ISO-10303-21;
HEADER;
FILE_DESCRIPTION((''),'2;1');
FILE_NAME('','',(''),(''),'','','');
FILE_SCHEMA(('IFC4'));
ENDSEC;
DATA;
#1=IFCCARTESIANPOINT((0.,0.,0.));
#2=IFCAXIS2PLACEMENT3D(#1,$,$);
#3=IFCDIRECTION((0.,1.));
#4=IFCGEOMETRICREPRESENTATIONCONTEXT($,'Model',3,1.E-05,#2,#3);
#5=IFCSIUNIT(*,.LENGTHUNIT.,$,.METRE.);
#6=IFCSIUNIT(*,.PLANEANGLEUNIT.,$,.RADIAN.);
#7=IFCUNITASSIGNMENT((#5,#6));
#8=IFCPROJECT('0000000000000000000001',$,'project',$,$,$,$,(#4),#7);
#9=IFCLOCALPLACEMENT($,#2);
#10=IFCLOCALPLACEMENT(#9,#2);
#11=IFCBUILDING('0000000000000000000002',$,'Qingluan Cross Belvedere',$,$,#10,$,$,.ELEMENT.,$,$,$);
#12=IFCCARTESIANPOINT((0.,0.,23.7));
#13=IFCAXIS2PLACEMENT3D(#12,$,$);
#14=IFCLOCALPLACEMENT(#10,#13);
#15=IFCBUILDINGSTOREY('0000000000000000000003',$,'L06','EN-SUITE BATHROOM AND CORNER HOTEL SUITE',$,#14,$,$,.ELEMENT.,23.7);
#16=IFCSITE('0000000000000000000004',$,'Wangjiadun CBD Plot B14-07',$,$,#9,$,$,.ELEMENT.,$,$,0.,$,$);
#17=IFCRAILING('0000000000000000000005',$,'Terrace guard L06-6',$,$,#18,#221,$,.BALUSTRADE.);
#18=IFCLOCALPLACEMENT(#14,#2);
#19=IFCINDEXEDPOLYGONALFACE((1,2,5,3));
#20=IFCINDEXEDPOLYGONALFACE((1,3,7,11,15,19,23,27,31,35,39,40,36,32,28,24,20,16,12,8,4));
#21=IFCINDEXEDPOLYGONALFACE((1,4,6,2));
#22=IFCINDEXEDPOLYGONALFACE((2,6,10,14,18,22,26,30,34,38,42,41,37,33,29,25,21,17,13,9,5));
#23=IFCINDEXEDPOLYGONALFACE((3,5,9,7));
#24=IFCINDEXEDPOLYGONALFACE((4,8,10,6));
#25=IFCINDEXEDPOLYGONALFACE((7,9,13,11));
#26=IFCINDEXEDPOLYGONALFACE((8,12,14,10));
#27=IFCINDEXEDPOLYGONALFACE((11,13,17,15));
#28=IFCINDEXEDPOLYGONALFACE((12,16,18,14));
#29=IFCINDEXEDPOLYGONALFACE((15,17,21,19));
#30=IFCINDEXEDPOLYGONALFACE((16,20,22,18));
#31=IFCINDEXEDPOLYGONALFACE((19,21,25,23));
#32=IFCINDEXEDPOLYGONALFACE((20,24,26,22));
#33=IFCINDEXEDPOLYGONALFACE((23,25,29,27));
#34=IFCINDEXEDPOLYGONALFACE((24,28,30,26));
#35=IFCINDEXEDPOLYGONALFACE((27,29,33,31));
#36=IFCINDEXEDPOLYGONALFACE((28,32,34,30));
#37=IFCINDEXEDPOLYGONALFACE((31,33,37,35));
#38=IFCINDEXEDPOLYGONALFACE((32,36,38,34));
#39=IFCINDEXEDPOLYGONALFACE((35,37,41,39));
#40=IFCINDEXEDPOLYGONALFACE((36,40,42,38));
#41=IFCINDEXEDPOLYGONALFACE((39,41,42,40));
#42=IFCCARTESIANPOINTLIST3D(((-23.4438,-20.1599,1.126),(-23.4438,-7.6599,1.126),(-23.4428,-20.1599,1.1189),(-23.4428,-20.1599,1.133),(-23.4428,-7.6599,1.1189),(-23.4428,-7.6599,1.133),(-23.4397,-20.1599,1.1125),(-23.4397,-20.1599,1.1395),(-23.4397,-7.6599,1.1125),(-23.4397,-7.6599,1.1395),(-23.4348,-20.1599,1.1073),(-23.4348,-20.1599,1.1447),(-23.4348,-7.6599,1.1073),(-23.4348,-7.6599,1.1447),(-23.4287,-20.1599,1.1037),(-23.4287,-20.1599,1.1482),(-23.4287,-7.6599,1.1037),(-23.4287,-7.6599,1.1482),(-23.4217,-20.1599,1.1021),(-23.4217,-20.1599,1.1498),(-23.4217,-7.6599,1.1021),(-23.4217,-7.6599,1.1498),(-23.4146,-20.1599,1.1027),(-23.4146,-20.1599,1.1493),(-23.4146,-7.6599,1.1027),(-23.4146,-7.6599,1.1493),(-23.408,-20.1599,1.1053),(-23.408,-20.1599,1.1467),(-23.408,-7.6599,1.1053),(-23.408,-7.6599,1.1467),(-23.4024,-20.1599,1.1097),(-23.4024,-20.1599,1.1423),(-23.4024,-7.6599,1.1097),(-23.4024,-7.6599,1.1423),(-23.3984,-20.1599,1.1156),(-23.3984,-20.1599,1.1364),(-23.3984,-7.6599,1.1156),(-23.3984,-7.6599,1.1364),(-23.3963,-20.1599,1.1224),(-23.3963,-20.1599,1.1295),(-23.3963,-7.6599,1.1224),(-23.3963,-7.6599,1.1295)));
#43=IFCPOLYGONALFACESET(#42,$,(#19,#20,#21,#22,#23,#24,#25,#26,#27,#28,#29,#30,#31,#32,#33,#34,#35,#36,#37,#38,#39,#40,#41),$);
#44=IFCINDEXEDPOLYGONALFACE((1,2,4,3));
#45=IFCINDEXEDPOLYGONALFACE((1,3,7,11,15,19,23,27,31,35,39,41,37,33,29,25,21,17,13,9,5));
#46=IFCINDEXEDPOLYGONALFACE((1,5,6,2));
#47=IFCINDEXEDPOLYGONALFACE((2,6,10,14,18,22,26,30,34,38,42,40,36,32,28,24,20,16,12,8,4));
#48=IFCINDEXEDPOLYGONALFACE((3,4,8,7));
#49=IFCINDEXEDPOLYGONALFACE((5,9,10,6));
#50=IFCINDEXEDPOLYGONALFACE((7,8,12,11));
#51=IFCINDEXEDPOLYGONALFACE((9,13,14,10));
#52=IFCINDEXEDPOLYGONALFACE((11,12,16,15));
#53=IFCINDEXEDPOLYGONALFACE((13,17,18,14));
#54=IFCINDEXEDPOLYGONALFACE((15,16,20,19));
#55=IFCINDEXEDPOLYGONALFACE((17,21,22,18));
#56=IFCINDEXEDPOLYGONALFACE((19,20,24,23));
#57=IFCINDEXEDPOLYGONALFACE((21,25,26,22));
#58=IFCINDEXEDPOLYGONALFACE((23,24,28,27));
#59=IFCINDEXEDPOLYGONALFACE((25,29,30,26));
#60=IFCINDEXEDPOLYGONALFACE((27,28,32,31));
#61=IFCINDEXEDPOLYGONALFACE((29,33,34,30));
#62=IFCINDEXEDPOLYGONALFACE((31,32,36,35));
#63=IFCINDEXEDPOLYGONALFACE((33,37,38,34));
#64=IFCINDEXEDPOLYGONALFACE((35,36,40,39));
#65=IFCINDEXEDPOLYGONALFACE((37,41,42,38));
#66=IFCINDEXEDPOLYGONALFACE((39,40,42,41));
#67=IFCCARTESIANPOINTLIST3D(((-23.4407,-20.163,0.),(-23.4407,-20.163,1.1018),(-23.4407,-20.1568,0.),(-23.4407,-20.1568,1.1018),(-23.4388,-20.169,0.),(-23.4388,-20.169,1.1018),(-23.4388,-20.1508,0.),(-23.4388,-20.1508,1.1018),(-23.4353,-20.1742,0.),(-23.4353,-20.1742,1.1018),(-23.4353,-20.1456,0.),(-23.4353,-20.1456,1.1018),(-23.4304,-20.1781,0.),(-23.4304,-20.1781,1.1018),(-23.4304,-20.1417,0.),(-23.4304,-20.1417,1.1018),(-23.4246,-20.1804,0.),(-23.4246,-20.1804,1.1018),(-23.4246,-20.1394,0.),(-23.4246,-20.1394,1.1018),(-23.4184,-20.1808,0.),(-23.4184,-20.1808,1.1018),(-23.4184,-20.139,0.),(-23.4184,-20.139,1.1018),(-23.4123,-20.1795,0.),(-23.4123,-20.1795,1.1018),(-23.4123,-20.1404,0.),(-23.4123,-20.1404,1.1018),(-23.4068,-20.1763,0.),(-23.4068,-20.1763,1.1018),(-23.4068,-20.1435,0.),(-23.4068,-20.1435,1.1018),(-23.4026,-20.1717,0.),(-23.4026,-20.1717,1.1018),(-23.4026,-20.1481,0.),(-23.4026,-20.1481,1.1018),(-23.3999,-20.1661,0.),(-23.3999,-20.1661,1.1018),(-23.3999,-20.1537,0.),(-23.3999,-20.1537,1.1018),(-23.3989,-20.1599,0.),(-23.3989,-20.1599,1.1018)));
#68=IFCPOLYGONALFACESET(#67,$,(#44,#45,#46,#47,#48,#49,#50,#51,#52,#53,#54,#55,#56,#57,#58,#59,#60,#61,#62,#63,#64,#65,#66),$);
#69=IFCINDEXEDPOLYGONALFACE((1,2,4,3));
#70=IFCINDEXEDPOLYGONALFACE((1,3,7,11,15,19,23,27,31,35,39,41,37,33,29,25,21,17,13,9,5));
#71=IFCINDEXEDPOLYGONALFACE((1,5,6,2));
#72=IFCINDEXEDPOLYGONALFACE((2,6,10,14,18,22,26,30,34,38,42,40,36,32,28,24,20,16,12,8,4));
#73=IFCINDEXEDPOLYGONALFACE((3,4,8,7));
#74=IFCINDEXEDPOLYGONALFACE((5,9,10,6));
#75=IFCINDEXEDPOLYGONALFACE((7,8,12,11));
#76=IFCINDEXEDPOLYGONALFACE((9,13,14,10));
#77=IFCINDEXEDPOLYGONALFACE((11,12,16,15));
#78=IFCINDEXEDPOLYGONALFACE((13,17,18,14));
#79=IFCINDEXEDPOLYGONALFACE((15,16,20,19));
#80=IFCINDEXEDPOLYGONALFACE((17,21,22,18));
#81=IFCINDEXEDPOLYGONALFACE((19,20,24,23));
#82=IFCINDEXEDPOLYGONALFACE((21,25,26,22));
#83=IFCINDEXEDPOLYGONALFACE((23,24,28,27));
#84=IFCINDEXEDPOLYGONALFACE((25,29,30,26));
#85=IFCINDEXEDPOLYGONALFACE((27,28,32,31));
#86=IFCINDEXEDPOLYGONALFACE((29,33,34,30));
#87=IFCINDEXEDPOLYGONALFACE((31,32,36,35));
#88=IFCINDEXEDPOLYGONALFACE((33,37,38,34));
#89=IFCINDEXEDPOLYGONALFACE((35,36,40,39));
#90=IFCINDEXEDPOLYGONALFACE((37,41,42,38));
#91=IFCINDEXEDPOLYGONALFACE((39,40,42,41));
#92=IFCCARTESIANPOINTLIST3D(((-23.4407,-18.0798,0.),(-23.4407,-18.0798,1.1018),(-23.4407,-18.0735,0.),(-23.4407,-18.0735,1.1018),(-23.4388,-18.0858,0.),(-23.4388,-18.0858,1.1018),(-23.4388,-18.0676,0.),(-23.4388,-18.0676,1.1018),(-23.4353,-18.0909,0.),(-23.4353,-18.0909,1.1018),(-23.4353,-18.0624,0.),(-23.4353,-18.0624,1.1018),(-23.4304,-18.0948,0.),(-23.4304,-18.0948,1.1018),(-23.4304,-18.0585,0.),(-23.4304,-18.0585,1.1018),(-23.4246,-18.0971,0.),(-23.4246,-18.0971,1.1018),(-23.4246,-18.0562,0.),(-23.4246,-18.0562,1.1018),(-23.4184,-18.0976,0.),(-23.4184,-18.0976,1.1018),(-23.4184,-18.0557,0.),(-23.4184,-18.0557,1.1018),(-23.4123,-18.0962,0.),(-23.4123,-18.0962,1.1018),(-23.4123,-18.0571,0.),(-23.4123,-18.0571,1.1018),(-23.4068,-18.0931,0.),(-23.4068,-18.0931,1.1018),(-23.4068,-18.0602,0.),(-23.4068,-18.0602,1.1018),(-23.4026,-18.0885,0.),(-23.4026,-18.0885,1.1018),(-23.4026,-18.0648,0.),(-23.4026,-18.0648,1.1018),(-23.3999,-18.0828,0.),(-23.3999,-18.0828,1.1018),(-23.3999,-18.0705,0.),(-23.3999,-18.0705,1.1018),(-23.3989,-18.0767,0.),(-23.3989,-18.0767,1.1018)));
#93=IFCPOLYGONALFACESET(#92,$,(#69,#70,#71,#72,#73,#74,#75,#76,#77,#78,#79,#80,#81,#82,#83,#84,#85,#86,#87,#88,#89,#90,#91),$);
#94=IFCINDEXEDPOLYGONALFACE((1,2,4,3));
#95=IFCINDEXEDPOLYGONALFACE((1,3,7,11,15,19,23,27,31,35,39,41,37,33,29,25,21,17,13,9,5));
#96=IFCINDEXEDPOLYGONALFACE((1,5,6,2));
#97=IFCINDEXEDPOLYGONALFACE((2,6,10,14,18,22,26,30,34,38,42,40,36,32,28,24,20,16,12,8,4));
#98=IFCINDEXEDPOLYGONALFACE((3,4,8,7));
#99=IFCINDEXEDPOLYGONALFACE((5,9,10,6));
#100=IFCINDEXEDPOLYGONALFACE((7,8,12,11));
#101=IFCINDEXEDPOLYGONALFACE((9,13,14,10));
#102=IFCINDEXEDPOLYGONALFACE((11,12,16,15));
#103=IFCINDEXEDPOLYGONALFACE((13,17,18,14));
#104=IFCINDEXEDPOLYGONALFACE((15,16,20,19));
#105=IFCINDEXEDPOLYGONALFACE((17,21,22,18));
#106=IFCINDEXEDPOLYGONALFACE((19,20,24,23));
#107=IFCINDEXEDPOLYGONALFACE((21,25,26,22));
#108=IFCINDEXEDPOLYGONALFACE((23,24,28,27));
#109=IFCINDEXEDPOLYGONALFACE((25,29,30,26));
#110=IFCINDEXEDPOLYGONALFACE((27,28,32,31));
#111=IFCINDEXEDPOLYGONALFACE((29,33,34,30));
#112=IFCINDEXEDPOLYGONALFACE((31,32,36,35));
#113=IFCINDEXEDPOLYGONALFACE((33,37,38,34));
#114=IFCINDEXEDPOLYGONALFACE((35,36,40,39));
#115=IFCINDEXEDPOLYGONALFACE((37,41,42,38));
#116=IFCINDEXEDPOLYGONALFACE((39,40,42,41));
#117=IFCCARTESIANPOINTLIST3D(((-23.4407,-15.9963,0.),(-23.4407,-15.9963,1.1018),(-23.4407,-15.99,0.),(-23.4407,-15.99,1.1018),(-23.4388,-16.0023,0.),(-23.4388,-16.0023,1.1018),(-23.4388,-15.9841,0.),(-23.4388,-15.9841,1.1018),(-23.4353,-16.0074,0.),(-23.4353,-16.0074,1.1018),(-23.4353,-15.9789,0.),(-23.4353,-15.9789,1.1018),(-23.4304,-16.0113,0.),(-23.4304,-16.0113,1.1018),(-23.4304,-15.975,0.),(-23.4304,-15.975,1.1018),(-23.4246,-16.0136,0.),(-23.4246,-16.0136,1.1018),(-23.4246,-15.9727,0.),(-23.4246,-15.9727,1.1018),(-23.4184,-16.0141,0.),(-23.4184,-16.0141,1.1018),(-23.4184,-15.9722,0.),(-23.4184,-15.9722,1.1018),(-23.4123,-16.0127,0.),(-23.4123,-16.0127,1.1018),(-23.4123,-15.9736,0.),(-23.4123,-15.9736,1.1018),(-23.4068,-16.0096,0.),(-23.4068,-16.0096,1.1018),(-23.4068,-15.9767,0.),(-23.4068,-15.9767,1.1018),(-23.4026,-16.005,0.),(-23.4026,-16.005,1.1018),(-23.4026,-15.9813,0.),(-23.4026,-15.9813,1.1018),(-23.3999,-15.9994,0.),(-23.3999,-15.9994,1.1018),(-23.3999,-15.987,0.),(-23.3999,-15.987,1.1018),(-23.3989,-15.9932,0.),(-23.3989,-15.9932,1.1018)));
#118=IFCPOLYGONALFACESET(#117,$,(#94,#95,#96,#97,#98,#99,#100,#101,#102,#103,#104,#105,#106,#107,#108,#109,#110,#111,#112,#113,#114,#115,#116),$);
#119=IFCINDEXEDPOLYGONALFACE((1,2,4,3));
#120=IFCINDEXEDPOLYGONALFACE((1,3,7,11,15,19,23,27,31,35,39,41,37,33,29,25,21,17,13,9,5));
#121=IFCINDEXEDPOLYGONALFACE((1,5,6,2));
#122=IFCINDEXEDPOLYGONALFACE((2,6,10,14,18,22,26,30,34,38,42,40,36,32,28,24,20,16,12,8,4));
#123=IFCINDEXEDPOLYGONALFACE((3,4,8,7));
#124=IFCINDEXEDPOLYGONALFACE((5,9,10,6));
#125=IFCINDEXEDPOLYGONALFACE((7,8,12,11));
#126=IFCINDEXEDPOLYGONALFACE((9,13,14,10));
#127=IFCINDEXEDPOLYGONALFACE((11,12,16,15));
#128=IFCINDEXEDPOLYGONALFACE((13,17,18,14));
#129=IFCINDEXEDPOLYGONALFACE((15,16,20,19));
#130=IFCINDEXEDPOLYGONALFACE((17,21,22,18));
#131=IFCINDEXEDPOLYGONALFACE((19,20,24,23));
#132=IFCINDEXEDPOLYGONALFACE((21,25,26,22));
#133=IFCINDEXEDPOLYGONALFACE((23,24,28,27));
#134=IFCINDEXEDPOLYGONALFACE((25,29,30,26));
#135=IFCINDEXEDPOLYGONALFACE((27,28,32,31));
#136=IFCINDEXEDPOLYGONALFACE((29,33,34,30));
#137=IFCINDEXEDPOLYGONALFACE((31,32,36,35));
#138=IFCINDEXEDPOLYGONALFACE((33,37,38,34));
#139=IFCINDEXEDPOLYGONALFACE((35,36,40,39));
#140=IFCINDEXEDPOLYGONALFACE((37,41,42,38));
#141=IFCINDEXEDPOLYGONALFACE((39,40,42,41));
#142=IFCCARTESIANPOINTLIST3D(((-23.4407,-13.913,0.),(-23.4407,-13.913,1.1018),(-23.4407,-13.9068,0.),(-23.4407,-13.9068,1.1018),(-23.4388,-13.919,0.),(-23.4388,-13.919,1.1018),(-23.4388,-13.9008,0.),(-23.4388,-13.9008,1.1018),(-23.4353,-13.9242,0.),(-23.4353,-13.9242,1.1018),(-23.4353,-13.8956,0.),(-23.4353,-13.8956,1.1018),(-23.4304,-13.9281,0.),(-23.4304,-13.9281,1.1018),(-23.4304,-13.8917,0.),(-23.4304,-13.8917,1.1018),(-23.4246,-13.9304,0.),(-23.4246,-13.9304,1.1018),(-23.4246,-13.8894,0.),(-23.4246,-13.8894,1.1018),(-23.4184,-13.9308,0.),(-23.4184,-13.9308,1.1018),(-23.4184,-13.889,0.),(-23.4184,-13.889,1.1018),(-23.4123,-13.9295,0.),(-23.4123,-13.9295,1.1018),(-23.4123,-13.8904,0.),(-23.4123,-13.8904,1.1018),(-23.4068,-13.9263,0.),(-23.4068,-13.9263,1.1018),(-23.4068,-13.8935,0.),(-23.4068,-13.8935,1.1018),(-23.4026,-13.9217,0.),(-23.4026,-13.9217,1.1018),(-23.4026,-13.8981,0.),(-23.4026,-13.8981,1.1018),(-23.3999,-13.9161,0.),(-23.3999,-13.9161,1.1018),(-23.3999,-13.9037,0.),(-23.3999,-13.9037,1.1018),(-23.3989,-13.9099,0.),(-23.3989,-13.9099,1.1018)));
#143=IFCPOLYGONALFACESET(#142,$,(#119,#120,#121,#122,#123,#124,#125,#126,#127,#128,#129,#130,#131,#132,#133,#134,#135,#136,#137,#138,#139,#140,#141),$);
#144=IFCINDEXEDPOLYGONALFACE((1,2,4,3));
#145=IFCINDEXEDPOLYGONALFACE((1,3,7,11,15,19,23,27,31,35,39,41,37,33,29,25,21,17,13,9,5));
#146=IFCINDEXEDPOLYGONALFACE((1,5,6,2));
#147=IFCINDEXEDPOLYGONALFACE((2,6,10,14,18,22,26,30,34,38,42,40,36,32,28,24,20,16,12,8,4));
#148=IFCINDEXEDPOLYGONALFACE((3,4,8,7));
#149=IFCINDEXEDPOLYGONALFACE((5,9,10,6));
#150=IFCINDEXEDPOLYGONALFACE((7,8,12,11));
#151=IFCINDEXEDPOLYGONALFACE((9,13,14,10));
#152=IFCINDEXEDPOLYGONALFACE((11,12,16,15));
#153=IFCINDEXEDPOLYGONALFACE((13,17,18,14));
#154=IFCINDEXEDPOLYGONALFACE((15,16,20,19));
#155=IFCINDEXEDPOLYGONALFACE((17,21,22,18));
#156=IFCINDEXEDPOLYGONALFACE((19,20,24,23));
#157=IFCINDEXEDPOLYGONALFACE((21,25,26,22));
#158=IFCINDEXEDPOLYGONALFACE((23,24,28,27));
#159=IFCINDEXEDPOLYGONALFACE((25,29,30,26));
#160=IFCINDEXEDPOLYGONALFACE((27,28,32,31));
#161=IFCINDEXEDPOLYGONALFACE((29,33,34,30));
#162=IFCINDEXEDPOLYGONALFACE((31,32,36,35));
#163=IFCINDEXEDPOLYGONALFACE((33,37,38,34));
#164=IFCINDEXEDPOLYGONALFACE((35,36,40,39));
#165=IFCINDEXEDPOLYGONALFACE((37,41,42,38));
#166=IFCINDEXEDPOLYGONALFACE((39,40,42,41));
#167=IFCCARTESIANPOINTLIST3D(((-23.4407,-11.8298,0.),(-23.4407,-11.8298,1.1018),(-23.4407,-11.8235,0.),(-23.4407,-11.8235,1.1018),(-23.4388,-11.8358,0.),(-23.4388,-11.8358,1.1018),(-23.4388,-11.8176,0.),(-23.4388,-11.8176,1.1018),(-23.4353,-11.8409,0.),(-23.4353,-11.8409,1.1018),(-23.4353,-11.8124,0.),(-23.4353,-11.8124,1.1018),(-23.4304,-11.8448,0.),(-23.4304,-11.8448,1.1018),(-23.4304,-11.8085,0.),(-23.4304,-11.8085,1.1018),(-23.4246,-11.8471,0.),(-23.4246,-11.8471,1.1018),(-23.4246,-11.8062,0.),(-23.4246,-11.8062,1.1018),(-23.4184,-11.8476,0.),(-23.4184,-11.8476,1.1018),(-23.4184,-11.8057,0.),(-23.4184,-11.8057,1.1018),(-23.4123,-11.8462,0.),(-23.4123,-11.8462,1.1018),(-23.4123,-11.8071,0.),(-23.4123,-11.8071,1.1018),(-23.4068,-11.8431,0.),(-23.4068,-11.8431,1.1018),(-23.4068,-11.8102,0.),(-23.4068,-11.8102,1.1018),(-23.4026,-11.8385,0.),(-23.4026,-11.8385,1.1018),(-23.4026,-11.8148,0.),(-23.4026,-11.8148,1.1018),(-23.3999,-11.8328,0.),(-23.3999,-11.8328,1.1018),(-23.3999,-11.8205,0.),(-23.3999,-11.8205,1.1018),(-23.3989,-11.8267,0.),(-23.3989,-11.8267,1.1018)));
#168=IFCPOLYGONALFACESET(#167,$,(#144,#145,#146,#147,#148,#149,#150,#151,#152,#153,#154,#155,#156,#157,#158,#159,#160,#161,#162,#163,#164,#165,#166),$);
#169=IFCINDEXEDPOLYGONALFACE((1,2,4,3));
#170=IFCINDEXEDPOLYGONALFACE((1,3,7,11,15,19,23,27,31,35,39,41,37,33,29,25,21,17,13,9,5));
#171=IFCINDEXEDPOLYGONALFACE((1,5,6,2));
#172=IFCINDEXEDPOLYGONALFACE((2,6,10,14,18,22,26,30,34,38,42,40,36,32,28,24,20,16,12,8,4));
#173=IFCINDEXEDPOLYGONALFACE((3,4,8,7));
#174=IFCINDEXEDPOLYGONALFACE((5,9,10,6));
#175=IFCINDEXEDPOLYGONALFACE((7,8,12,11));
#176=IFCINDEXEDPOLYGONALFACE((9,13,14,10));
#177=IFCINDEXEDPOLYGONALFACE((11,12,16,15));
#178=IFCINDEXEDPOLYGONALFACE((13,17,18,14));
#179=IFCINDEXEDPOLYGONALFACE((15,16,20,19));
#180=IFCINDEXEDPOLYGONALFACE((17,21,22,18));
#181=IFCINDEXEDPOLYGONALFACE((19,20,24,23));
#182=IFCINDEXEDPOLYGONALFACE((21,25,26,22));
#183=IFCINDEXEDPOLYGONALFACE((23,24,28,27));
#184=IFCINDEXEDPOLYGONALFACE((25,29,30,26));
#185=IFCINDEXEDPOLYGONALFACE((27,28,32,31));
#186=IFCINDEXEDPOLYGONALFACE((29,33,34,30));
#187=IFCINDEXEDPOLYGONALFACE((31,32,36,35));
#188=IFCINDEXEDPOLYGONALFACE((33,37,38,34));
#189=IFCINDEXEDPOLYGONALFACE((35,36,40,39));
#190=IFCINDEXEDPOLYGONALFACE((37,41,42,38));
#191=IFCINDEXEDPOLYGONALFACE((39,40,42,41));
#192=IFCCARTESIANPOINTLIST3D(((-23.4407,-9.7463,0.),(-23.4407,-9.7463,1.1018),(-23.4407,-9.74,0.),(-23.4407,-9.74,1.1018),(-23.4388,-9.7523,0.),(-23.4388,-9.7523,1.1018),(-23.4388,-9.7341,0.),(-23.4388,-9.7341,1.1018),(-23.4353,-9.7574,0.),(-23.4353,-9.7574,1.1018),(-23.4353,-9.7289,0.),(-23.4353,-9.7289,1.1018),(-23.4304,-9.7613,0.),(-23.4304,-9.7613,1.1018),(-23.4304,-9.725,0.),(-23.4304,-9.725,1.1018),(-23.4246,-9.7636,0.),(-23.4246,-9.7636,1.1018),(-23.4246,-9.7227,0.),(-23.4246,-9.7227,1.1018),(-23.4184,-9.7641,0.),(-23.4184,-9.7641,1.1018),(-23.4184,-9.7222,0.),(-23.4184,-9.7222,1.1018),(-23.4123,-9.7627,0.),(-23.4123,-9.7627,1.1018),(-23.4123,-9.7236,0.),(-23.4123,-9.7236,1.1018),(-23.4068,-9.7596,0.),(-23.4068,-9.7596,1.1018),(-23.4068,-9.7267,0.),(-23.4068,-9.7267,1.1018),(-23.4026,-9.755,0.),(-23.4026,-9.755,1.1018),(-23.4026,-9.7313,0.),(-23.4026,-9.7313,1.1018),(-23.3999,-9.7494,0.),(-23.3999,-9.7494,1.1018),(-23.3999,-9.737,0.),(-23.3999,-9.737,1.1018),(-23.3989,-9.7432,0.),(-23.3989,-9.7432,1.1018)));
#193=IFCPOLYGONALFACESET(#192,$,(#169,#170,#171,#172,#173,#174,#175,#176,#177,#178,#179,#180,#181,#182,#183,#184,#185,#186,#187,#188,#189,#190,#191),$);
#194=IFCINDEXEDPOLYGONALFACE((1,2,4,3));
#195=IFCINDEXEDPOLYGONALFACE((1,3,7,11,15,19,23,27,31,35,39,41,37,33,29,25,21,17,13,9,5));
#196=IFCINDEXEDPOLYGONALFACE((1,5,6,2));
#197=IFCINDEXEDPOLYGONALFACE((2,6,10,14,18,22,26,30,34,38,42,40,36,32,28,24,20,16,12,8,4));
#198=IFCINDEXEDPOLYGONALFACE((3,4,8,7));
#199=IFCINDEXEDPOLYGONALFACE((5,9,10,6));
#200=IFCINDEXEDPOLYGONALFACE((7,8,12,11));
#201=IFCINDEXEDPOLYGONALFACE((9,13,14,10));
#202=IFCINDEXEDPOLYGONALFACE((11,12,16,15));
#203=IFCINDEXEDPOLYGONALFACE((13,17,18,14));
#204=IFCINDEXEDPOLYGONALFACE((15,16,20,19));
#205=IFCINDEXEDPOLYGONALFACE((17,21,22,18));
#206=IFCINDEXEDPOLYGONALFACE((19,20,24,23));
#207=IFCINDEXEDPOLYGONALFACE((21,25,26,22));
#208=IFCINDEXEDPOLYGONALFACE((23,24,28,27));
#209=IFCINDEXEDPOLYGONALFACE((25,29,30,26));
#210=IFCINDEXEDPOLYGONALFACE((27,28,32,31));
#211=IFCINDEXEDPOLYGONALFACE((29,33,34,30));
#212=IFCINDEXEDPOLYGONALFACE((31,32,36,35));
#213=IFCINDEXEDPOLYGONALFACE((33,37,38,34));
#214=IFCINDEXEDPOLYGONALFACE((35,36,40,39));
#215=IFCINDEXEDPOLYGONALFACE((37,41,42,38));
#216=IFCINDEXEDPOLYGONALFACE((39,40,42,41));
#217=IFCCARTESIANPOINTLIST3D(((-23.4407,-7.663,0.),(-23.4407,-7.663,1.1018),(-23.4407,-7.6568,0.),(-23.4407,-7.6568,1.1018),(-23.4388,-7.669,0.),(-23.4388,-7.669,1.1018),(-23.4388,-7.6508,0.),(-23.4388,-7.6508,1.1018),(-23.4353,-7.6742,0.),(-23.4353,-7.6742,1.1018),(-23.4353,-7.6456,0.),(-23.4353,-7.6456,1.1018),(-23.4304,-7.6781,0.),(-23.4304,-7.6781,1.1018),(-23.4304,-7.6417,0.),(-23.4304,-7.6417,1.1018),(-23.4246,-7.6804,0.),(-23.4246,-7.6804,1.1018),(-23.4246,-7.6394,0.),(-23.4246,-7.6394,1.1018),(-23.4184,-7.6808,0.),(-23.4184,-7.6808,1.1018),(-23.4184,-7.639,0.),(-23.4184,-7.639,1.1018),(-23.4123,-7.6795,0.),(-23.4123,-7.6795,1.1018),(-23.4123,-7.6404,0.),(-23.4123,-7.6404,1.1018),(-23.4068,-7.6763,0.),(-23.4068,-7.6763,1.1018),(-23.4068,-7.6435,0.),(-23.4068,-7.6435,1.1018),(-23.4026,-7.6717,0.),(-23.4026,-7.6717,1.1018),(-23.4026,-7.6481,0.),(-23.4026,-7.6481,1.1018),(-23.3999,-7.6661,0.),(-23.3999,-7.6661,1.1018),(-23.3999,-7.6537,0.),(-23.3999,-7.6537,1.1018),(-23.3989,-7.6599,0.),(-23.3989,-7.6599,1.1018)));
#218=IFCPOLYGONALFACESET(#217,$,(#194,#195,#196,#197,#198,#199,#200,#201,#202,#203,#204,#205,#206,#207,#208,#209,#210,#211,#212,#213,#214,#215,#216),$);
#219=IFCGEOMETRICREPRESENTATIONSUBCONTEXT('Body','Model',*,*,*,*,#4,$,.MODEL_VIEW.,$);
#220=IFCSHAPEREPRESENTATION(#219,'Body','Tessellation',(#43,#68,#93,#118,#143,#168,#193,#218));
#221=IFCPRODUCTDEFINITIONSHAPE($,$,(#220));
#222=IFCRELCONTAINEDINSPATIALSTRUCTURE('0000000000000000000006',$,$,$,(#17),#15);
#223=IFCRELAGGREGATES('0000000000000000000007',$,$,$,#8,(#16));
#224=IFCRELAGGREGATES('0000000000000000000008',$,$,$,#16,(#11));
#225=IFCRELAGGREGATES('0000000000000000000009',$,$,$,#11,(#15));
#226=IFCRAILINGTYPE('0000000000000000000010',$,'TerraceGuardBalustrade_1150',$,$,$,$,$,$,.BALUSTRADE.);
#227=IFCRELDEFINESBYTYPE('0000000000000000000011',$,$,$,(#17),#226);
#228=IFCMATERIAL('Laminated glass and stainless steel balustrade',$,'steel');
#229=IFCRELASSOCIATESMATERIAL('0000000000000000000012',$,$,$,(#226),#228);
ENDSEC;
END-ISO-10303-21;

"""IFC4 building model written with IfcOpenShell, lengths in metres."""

from ifc_helpers import new_model, si_unit, direction, frame, origin, origin_2d, place, context, subcontext, project, spatial, circle, extrude, material, type_object, element, save


model = new_model("IFC4")

# Units and contexts
model_context = context("Model", 3, precision=1e-05, world=origin(), true_north=direction((0.0, 1.0)))
body_context = subcontext(model_context, "Body", "Model", "MODEL_VIEW")
ifc_project = project(units=[si_unit("LENGTHUNIT", "METRE"), si_unit("PLANEANGLEUNIT", "RADIAN")], contexts=[model_context])

# Site, building, storey
site_placement = place(None, origin())
site = spatial("IfcSite", under=ifc_project, at=site_placement, Name="Wangjiadun CBD Plot B14-07", CompositionType="ELEMENT", RefElevation=0.0)
building_placement = place(site_placement, origin())
building = spatial("IfcBuilding", under=site, at=building_placement, Name="Qingluan Cross Belvedere", CompositionType="ELEMENT")
storey_placement = place(building_placement, frame((0.0, 0.0, 23.7)))
storey = spatial("IfcBuildingStorey", under=building, at=storey_placement, Name="L06", Description="EN-SUITE BATHROOM AND CORNER HOTEL SUITE", CompositionType="ELEMENT", Elevation=23.7)

# Railing
ifc_material_1 = material(Name="Laminated glass and stainless steel balustrade", Category="steel")
railing_type = type_object("IfcRailingType", Name="TerraceGuardBalustrade_1150", PredefinedType="BALUSTRADE", material=ifc_material_1)
railing_1_placement = place(storey_placement, frame((-23.4199, -20.1599, 0.0)))
element("IfcRailing", 1, at=railing_1_placement, inside=storey, type_object=railing_type, Name="Terrace guard L06-6", PredefinedType="BALUSTRADE", context=body_context, shape_type="SweptSolid", body=[
    extrude(circle(Radius=0.0239, at=origin_2d()), frame((0.0, 0.0, 1.126), z_axis=(0.0, 1.0, 0.0), x_axis=(-1.0, 0.0, 0.0)), (0.0, 0.0, 1.0), 12.5),
    extrude(circle(Radius=0.021, at=origin_2d()), origin(), (0.0, 0.0, 1.0), 1.1018),
    extrude(circle(Radius=0.021, at=origin_2d()), frame((0.0, 2.0833, 0.0)), (0.0, 0.0, 1.0), 1.1018),
    extrude(circle(Radius=0.021, at=origin_2d()), frame((0.0, 4.1667, 0.0)), (0.0, 0.0, 1.0), 1.1018),
    extrude(circle(Radius=0.021, at=origin_2d()), frame((0.0, 6.25, 0.0)), (0.0, 0.0, 1.0), 1.1018),
    extrude(circle(Radius=0.021, at=origin_2d()), frame((0.0, 8.3333, 0.0)), (0.0, 0.0, 1.0), 1.1018),
    extrude(circle(Radius=0.021, at=origin_2d()), frame((0.0, 10.4167, 0.0)), (0.0, 0.0, 1.0), 1.1018),
    extrude(circle(Radius=0.021, at=origin_2d()), frame((0.0, 12.5, 0.0)), (0.0, 0.0, 1.0), 1.1018),
])

save(model, "model.ifc")
